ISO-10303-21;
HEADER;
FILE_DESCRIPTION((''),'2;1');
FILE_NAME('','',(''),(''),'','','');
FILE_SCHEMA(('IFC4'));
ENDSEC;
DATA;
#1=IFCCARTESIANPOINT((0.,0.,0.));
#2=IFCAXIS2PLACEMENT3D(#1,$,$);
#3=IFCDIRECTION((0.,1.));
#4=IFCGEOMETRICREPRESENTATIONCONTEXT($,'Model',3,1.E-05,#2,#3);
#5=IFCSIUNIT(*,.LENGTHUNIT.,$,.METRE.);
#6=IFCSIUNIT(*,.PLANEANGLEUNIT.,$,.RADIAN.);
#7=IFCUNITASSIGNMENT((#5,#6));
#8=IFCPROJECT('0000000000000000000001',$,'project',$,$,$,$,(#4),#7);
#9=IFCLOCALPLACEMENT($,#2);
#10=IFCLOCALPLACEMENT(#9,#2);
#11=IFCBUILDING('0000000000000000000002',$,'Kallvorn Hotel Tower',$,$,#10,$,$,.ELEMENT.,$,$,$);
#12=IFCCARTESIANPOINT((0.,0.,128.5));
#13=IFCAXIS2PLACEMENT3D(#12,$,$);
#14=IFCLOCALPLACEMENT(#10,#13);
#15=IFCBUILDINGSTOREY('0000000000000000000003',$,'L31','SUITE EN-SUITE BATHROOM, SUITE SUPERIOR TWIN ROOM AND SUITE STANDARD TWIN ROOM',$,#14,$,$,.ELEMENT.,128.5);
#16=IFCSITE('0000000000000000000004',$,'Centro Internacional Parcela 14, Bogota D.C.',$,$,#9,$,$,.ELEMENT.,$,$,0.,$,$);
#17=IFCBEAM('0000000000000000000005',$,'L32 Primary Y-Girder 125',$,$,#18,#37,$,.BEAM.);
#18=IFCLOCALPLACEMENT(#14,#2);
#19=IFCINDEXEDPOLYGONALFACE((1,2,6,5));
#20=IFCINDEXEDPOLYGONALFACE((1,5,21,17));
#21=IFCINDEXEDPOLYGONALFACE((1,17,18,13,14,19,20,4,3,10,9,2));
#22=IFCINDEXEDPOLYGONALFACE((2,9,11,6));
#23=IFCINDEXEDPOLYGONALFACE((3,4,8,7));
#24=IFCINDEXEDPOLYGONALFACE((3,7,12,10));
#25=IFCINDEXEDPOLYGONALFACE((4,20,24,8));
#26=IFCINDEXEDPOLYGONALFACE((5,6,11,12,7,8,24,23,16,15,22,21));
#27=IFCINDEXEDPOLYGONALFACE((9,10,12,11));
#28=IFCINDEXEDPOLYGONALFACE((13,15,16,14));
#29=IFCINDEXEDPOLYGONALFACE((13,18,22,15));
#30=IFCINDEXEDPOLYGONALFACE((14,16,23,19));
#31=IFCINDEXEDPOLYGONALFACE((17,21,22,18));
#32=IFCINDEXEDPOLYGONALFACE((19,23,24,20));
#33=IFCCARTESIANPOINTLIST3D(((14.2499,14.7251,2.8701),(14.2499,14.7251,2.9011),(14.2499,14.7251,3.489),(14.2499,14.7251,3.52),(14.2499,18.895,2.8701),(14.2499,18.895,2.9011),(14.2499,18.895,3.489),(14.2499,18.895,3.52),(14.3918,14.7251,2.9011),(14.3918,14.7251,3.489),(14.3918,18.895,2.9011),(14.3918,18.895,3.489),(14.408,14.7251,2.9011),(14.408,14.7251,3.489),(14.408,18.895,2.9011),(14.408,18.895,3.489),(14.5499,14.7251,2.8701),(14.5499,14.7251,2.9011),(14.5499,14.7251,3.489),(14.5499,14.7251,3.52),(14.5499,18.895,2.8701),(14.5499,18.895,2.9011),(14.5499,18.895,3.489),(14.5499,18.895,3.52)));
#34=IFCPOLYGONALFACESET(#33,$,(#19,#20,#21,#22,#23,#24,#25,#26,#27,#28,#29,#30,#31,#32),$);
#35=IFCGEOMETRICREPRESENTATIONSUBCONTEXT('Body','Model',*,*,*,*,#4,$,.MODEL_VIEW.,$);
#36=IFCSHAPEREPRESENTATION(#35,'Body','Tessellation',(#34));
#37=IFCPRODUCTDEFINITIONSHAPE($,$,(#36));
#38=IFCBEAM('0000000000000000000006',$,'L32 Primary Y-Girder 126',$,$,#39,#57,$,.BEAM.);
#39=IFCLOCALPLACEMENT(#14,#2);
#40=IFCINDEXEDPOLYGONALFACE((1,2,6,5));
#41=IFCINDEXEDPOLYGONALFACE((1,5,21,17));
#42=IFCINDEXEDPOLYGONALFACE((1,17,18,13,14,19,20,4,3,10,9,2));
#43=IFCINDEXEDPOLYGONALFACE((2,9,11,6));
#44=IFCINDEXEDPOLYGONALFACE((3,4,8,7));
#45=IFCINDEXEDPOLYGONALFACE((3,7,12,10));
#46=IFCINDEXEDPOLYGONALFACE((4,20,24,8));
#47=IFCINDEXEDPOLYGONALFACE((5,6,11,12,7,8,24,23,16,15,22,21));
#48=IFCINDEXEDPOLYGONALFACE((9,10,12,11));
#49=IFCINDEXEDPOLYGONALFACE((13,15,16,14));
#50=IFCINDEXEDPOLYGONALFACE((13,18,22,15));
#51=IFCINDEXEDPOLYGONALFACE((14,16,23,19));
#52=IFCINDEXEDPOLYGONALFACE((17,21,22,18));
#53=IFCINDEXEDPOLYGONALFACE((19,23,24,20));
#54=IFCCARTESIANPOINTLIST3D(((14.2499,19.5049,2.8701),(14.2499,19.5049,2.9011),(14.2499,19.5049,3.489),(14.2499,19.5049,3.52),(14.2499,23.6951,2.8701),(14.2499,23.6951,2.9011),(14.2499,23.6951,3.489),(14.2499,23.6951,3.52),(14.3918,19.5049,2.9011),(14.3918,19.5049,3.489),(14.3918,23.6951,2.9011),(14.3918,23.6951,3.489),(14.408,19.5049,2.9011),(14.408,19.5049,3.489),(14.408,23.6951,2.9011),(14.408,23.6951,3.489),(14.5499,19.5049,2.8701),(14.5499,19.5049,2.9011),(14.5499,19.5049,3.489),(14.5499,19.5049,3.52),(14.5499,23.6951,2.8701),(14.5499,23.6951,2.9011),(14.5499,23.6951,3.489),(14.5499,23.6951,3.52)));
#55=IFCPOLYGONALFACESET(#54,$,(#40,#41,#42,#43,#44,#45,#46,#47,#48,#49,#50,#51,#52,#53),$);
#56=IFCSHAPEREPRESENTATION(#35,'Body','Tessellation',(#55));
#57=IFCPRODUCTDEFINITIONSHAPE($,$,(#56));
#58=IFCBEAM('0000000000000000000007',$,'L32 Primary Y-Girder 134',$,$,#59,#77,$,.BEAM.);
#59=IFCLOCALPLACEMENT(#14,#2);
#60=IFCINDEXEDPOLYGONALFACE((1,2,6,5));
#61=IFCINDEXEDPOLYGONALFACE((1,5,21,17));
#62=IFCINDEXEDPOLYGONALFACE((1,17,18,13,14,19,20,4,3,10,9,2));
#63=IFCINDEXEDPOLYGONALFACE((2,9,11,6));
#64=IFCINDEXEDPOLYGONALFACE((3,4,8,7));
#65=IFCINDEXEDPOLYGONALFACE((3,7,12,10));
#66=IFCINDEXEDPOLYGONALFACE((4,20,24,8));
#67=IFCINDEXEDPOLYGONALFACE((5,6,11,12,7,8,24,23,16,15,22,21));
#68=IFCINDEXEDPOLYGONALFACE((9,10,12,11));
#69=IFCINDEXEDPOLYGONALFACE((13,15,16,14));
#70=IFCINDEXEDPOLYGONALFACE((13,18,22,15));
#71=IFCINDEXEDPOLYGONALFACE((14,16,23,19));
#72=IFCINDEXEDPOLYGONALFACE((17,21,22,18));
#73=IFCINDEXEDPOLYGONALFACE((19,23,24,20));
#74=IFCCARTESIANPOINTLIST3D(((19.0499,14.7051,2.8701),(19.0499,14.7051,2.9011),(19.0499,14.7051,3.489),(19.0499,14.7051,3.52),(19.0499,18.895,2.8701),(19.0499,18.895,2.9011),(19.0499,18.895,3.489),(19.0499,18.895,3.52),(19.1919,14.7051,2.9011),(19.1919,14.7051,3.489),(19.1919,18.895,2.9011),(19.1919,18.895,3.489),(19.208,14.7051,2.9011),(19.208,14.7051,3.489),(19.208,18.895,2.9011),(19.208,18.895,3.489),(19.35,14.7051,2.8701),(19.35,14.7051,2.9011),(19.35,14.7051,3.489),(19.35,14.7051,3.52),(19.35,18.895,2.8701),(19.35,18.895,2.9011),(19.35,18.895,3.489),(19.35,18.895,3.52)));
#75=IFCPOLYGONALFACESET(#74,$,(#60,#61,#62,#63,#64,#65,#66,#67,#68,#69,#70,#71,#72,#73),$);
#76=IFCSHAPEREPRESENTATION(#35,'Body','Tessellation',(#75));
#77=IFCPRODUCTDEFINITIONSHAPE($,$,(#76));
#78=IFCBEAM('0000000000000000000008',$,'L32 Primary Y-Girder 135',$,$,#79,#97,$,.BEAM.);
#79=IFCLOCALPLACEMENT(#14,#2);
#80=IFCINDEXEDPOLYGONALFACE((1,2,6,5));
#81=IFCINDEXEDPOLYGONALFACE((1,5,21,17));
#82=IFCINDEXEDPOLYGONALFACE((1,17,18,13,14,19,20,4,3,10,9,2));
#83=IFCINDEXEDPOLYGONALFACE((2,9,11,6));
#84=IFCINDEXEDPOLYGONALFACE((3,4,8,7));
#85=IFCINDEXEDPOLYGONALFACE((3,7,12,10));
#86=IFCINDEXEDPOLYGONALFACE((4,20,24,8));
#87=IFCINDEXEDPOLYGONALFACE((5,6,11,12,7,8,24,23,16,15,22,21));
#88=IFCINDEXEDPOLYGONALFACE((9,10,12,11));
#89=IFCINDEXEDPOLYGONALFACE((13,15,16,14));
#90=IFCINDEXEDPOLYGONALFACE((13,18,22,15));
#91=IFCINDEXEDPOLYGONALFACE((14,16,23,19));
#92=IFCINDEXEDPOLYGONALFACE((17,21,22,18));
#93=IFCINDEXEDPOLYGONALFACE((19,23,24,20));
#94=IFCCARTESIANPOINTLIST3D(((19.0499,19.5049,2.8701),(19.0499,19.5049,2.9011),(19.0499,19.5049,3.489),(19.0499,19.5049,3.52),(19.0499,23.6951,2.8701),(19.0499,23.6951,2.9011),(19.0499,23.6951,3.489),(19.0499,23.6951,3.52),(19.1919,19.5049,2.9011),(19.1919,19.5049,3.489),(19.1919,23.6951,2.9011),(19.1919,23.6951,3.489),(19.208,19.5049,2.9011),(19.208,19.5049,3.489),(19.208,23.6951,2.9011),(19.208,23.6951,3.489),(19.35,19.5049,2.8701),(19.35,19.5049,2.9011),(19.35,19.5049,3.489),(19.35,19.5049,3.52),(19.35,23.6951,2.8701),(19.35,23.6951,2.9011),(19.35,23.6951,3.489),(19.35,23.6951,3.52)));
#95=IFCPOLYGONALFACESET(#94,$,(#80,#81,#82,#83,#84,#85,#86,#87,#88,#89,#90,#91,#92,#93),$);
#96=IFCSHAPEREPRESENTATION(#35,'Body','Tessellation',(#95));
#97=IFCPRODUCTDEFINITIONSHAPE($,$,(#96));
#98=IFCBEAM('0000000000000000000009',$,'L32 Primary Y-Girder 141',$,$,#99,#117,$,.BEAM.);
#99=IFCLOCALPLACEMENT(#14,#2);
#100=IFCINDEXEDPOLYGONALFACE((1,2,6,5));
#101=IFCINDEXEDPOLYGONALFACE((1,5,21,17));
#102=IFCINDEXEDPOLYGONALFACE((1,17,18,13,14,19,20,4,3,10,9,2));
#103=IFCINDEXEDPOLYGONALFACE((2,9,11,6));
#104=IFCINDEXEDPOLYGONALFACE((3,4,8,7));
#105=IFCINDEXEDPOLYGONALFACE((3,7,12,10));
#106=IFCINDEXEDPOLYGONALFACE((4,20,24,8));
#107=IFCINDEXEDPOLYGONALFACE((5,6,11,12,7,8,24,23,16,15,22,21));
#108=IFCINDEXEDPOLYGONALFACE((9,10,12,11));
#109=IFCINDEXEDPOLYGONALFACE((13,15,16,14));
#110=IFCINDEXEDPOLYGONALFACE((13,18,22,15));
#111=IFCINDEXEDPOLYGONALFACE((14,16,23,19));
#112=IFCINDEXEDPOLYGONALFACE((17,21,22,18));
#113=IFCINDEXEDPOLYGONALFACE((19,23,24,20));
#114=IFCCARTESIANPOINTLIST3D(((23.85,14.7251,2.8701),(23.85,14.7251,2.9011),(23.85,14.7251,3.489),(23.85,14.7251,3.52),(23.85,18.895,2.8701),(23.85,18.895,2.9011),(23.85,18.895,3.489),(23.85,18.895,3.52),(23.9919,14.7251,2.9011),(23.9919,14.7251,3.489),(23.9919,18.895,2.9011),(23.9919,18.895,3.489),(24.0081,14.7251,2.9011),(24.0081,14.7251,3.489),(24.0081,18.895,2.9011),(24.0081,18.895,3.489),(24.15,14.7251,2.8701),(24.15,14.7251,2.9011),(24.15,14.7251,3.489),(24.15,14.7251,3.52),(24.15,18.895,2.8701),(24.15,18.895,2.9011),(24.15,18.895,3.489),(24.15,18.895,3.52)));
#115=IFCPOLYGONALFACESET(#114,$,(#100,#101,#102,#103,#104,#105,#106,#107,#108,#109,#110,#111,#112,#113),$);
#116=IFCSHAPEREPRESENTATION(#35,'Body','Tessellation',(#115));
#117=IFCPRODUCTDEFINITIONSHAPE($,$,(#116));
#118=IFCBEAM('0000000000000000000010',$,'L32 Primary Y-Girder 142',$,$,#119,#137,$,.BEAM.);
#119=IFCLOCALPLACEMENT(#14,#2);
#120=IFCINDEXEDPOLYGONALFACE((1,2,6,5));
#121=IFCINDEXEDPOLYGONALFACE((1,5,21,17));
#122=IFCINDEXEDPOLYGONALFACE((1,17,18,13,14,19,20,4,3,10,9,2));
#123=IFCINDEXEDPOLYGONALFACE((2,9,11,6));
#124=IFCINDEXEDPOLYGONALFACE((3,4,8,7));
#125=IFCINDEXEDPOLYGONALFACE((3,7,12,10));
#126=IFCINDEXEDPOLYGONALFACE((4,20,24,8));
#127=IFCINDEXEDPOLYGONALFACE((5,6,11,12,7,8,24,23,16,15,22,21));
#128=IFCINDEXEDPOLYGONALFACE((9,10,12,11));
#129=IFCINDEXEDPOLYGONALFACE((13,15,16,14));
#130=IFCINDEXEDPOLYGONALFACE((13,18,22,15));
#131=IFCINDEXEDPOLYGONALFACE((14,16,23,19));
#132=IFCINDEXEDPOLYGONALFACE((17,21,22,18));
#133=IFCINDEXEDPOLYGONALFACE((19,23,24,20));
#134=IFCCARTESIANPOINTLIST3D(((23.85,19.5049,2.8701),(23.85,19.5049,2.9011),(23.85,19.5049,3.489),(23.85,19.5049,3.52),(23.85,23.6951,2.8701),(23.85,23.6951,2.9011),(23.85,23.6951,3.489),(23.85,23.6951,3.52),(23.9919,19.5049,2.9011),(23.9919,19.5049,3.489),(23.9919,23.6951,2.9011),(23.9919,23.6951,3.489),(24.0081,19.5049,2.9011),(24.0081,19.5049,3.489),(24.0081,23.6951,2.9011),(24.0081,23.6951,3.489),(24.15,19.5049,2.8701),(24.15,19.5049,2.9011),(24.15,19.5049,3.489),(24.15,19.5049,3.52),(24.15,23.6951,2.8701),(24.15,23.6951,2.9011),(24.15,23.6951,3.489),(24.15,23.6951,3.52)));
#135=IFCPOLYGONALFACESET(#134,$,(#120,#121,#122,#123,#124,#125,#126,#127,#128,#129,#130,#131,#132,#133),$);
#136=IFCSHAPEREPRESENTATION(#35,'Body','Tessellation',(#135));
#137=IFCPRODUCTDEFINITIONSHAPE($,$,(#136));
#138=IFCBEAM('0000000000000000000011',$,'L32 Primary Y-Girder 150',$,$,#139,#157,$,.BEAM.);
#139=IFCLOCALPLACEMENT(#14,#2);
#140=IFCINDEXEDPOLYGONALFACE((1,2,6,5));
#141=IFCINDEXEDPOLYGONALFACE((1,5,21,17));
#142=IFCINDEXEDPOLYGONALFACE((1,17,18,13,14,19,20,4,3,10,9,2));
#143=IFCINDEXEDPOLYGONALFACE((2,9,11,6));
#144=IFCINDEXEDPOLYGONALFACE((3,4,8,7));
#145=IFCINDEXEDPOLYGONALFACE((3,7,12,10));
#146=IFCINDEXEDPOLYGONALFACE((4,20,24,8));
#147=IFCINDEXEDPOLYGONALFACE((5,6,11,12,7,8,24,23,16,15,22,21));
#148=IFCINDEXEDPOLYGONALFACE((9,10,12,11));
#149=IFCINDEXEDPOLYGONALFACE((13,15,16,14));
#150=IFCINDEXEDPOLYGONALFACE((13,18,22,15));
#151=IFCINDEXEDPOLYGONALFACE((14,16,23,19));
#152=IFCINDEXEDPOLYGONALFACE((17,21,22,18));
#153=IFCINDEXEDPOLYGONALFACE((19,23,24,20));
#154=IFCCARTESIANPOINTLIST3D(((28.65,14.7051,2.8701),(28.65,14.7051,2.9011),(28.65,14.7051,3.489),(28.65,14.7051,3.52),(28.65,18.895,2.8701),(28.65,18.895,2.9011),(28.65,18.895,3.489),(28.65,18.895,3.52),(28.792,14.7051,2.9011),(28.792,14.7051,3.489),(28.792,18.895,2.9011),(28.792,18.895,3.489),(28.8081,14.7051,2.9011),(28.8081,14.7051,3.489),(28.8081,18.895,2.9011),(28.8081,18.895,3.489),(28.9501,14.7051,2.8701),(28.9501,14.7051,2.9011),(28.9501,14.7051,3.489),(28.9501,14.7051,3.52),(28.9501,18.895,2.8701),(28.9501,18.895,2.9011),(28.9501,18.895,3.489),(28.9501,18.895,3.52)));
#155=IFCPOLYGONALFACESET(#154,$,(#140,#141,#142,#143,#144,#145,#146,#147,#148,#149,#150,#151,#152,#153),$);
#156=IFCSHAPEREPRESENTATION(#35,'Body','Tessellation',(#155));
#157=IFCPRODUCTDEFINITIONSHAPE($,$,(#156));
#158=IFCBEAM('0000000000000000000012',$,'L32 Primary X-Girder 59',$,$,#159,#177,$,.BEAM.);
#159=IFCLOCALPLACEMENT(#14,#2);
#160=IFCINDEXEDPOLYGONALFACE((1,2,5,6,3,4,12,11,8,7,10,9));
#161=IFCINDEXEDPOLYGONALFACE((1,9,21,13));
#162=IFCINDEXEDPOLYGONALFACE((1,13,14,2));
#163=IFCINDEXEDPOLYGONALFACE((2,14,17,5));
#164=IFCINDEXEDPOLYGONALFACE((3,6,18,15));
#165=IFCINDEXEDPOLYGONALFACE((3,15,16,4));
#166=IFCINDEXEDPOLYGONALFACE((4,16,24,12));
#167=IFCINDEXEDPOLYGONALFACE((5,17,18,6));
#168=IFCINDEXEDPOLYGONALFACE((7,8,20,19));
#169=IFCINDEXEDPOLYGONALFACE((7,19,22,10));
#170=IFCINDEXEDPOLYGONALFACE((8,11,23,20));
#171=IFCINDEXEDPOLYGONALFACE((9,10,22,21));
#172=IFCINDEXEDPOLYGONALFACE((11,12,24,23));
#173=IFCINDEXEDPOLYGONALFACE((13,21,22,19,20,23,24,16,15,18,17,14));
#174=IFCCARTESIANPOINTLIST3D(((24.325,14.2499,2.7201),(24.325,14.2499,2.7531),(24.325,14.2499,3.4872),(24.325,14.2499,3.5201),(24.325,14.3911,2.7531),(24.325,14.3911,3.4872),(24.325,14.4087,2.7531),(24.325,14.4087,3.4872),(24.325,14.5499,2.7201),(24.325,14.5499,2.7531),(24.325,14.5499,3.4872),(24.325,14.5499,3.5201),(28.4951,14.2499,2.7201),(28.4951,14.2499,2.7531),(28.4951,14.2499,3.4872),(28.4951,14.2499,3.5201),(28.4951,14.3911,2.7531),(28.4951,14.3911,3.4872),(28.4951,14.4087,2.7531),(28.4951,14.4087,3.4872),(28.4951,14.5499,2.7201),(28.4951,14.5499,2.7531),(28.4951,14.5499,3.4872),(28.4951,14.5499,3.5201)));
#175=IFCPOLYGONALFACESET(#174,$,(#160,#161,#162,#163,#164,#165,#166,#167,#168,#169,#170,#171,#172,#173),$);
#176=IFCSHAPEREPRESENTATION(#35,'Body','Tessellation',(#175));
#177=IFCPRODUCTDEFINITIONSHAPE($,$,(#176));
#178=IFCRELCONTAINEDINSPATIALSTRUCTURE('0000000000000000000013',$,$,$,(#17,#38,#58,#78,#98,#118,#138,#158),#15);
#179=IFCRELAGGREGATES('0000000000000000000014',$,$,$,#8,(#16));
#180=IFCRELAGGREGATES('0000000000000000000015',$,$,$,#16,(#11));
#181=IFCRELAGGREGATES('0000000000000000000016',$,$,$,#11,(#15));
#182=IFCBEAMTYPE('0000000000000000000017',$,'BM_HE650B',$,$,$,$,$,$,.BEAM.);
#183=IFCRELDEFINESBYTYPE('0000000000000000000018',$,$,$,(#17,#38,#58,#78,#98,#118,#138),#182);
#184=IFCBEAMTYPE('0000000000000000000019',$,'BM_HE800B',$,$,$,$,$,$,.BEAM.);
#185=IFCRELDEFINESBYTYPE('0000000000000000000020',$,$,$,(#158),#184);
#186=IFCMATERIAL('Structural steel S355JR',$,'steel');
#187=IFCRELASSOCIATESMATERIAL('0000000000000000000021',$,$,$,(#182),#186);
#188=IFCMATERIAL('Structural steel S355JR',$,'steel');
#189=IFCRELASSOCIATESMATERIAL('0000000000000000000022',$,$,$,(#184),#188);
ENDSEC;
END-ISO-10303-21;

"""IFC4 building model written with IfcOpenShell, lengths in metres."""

from ifc_helpers import new_model, si_unit, direction, frame, origin, origin_2d, place, context, subcontext, project, spatial, i_section, extrude, material, material_profile, profile_set, type_object, element, save


model = new_model("IFC4")

# Units and contexts
model_context = context("Model", 3, precision=1e-05, world=origin(), true_north=direction((0.0, 1.0)))
body_context = subcontext(model_context, "Body", "Model", "MODEL_VIEW")
ifc_project = project(units=[si_unit("LENGTHUNIT", "METRE"), si_unit("PLANEANGLEUNIT", "RADIAN")], contexts=[model_context])

# Site, building, storey
site_placement = place(None, origin())
site = spatial("IfcSite", under=ifc_project, at=site_placement, Name="Centro Internacional Parcela 14, Bogota D.C.", CompositionType="ELEMENT", RefElevation=0.0)
building_placement = place(site_placement, origin())
building = spatial("IfcBuilding", under=site, at=building_placement, Name="Kallvorn Hotel Tower", CompositionType="ELEMENT")
storey_placement = place(building_placement, frame((0.0, 0.0, 128.5)))
storey = spatial("IfcBuildingStorey", under=building, at=storey_placement, Name="L31", Description="SUITE EN-SUITE BATHROOM, SUITE SUPERIOR TWIN ROOM AND SUITE STANDARD TWIN ROOM", CompositionType="ELEMENT", Elevation=128.5)

# Beams
ifc_material_1 = material(Name="Structural steel S355JR", Category="steel")
ifc_material_profile_1 = material_profile(ifc_material_1, i_section(OverallWidth=0.3, OverallDepth=0.6499, WebThickness=0.0161, FlangeThickness=0.031, at=origin_2d()), Name="HE 650 B")
ifc_profile_set_1 = profile_set([ifc_material_profile_1], Name="Structural steel S355JR")
beam_type_1 = type_object("IfcBeamType", Name="BM_HE650B", PredefinedType="BEAM", material=ifc_profile_set_1)
beam_1_placement = place(storey_placement, frame((14.3999, 14.7251, 3.1951), z_axis=(0.0, 1.0, 0.0), x_axis=(-1.0, 0.0, 0.0)))
element("IfcBeam", 1, at=beam_1_placement, inside=storey, type_object=beam_type_1, Name="L32 Primary Y-Girder 125", PredefinedType="BEAM", context=body_context, shape_type="SweptSolid", body=[
    extrude(i_section(OverallWidth=0.3, OverallDepth=0.6499, WebThickness=0.0161, FlangeThickness=0.031, at=origin_2d()), origin(), (0.0, 0.0, 1.0), 4.1699),
])
beam_2_placement = place(storey_placement, frame((14.3999, 19.5049, 3.1951), z_axis=(0.0, 1.0, 0.0), x_axis=(-1.0, 0.0, 0.0)))
element("IfcBeam", 2, at=beam_2_placement, inside=storey, type_object=beam_type_1, Name="L32 Primary Y-Girder 126", PredefinedType="BEAM", context=body_context, shape_type="SweptSolid", body=[
    extrude(i_section(OverallWidth=0.3, OverallDepth=0.6499, WebThickness=0.0161, FlangeThickness=0.031, at=origin_2d()), origin(), (0.0, 0.0, 1.0), 4.1902),
])
beam_3_placement = place(storey_placement, frame((19.2, 14.7051, 3.1951), z_axis=(0.0, 1.0, 0.0), x_axis=(-1.0, 0.0, 0.0)))
element("IfcBeam", 3, at=beam_3_placement, inside=storey, type_object=beam_type_1, Name="L32 Primary Y-Girder 134", PredefinedType="BEAM", context=body_context, shape_type="SweptSolid", body=[
    extrude(i_section(OverallWidth=0.3, OverallDepth=0.6499, WebThickness=0.0161, FlangeThickness=0.031, at=origin_2d()), origin(), (0.0, 0.0, 1.0), 4.1899),
])
beam_4_placement = place(storey_placement, frame((19.2, 19.5049, 3.1951), z_axis=(0.0, 1.0, 0.0), x_axis=(-1.0, 0.0, 0.0)))
element("IfcBeam", 4, at=beam_4_placement, inside=storey, type_object=beam_type_1, Name="L32 Primary Y-Girder 135", PredefinedType="BEAM", context=body_context, shape_type="SweptSolid", body=[
    extrude(i_section(OverallWidth=0.3, OverallDepth=0.6499, WebThickness=0.0161, FlangeThickness=0.031, at=origin_2d()), origin(), (0.0, 0.0, 1.0), 4.1902),
])
beam_5_placement = place(storey_placement, frame((24.0, 14.7251, 3.1951), z_axis=(0.0, 1.0, 0.0), x_axis=(-1.0, 0.0, 0.0)))
element("IfcBeam", 5, at=beam_5_placement, inside=storey, type_object=beam_type_1, Name="L32 Primary Y-Girder 141", PredefinedType="BEAM", context=body_context, shape_type="SweptSolid", body=[
    extrude(i_section(OverallWidth=0.3, OverallDepth=0.6499, WebThickness=0.0161, FlangeThickness=0.031, at=origin_2d()), origin(), (0.0, 0.0, 1.0), 4.1699),
])
beam_6_placement = place(storey_placement, frame((24.0, 19.5049, 3.1951), z_axis=(0.0, 1.0, 0.0), x_axis=(-1.0, 0.0, 0.0)))
element("IfcBeam", 6, at=beam_6_placement, inside=storey, type_object=beam_type_1, Name="L32 Primary Y-Girder 142", PredefinedType="BEAM", context=body_context, shape_type="SweptSolid", body=[
    extrude(i_section(OverallWidth=0.3, OverallDepth=0.6499, WebThickness=0.0161, FlangeThickness=0.031, at=origin_2d()), origin(), (0.0, 0.0, 1.0), 4.1902),
])
beam_7_placement = place(storey_placement, frame((28.8, 14.7051, 3.1951), z_axis=(0.0, 1.0, 0.0), x_axis=(-1.0, 0.0, 0.0)))
element("IfcBeam", 7, at=beam_7_placement, inside=storey, type_object=beam_type_1, Name="L32 Primary Y-Girder 150", PredefinedType="BEAM", context=body_context, shape_type="SweptSolid", body=[
    extrude(i_section(OverallWidth=0.3, OverallDepth=0.6499, WebThickness=0.0161, FlangeThickness=0.031, at=origin_2d()), origin(), (0.0, 0.0, 1.0), 4.1899),
])
ifc_material_2 = material(Name="Structural steel S355JR", Category="steel")
ifc_material_profile_2 = material_profile(ifc_material_2, i_section(OverallWidth=0.3, OverallDepth=0.8, WebThickness=0.0176, FlangeThickness=0.033, at=origin_2d()), Name="HE 800 B")
ifc_profile_set_2 = profile_set([ifc_material_profile_2], Name="Structural steel S355JR")
beam_type_2 = type_object("IfcBeamType", Name="BM_HE800B", PredefinedType="BEAM", material=ifc_profile_set_2)
beam_8_placement = place(storey_placement, frame((24.325, 14.3999, 3.1201), z_axis=(1.0, 0.0, 0.0), x_axis=(0.0, 1.0, 0.0)))
element("IfcBeam", 8, at=beam_8_placement, inside=storey, type_object=beam_type_2, Name="L32 Primary X-Girder 59", PredefinedType="BEAM", context=body_context, shape_type="SweptSolid", body=[
    extrude(i_section(OverallWidth=0.3, OverallDepth=0.8, WebThickness=0.0176, FlangeThickness=0.033, at=origin_2d()), origin(), (0.0, 0.0, 1.0), 4.1702),
])

save(model, "model.ifc")
